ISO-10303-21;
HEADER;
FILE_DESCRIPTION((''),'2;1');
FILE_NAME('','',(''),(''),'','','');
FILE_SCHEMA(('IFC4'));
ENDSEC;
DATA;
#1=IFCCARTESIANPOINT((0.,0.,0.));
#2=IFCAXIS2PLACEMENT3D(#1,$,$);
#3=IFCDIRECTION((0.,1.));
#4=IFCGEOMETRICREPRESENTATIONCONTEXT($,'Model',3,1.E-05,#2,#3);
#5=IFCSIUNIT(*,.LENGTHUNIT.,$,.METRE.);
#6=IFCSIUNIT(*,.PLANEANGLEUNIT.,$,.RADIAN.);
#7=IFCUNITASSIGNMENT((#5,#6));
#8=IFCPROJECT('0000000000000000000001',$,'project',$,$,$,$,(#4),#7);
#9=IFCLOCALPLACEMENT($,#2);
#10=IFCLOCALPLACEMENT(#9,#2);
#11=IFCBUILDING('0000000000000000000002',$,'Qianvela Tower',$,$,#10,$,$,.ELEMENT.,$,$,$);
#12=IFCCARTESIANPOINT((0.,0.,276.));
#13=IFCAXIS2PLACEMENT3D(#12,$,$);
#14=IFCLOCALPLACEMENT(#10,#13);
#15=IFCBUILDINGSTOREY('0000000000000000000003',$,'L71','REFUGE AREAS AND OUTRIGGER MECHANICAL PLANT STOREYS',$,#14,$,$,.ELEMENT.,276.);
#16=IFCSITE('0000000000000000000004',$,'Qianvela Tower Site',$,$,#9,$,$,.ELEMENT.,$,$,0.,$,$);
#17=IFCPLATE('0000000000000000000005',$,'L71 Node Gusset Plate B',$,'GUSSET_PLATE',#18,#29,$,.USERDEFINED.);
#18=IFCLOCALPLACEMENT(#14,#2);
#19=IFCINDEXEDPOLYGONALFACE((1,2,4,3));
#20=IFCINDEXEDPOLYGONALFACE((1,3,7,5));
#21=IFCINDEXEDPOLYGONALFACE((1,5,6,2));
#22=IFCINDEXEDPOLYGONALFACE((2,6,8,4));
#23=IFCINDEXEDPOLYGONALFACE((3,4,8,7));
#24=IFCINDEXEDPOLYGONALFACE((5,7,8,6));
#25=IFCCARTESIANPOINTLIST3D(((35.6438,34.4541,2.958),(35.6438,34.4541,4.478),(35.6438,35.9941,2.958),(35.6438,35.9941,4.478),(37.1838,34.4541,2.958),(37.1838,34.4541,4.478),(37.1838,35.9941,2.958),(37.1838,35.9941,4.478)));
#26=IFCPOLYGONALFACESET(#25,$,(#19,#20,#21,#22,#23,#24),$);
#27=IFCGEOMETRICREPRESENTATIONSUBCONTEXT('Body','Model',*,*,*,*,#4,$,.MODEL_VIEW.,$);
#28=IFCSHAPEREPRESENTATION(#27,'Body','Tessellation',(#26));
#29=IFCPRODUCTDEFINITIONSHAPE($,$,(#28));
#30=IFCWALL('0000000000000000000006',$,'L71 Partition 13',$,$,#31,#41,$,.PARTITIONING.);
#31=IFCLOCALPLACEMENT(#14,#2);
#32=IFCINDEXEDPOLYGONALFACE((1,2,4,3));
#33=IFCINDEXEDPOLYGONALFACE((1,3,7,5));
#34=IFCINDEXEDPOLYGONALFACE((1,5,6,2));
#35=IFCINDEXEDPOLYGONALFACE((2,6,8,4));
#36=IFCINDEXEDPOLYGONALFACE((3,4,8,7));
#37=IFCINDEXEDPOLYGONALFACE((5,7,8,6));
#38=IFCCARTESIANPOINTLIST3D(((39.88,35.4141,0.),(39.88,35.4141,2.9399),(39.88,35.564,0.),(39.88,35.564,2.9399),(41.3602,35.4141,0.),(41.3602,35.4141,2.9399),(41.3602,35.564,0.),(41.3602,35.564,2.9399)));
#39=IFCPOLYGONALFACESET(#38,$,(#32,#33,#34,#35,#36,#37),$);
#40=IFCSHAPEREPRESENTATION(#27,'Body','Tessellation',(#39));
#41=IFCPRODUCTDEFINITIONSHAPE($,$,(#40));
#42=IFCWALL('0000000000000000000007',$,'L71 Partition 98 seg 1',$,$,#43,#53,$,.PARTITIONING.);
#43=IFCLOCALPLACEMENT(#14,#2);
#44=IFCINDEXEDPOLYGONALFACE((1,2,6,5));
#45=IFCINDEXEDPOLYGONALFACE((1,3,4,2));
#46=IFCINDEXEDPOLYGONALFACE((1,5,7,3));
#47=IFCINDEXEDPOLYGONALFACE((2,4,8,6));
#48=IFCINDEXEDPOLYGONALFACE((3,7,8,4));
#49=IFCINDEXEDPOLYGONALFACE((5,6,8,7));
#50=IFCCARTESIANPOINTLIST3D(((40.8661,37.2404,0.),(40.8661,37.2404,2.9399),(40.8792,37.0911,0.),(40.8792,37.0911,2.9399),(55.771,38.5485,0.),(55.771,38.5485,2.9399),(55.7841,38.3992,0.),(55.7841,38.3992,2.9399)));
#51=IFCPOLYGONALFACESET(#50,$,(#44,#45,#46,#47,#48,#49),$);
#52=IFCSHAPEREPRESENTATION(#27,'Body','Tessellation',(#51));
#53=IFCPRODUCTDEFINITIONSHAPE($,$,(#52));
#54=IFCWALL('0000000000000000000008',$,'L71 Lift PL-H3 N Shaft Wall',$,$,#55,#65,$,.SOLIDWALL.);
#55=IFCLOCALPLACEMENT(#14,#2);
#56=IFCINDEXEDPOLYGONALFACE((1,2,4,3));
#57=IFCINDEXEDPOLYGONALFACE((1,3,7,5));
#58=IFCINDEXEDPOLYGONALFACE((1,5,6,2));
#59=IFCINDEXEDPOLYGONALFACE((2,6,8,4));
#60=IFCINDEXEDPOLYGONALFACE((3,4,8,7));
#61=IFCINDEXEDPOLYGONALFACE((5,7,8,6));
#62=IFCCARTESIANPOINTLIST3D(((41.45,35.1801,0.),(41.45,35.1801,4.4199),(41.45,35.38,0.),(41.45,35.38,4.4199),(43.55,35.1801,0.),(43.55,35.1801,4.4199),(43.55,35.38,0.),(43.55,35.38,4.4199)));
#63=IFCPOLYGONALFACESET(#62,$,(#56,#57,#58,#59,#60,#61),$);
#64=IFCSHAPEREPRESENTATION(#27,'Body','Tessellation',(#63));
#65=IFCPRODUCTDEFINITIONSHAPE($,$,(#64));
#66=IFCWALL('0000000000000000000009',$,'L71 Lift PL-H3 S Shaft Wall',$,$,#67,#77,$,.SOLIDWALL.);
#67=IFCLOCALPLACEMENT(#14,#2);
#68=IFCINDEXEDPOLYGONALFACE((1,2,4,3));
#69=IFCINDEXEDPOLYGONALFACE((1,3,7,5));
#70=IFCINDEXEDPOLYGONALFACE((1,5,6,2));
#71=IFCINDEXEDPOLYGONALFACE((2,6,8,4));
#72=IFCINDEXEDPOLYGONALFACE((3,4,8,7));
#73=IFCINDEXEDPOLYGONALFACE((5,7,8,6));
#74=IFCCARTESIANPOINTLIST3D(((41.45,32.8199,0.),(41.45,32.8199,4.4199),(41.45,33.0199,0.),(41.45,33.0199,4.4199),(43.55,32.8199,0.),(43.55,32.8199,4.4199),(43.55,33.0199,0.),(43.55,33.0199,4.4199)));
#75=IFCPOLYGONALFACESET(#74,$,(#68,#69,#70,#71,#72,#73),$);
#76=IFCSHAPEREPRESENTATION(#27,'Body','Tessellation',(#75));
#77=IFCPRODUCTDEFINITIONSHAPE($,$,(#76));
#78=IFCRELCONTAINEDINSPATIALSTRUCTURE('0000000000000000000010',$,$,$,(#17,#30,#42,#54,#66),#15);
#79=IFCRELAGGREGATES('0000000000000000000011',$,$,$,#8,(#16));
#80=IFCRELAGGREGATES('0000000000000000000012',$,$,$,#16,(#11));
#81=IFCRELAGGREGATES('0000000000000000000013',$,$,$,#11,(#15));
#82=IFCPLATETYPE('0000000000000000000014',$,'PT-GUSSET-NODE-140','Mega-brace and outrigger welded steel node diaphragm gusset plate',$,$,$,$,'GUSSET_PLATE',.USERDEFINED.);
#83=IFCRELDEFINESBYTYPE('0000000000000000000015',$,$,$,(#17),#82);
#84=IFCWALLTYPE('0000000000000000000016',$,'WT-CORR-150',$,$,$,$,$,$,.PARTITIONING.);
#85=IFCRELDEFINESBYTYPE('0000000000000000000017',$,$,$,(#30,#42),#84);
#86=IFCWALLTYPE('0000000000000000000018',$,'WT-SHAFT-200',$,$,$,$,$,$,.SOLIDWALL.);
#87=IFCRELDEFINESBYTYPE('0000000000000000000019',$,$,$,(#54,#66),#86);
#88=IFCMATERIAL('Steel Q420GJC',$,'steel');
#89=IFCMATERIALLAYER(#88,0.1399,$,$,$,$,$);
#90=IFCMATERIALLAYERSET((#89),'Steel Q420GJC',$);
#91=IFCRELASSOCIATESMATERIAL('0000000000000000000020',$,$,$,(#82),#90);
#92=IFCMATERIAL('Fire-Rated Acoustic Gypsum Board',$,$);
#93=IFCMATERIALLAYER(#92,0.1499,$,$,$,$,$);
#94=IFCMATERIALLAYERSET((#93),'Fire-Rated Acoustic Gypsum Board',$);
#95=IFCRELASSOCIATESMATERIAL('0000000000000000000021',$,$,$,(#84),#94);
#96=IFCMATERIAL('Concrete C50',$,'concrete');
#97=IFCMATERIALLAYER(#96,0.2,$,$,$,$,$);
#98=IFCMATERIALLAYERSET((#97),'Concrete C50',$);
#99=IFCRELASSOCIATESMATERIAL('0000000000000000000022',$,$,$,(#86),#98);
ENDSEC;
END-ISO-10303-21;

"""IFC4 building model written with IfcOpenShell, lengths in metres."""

from ifc_helpers import new_model, si_unit, direction, frame, frame_2d, origin, origin_2d, place, context, subcontext, project, spatial, rectangle, extrude, material, layer, layer_set, type_object, element, save


model = new_model("IFC4")

# Units and contexts
model_context = context("Model", 3, precision=1e-05, world=origin(), true_north=direction((0.0, 1.0)))
body_context = subcontext(model_context, "Body", "Model", "MODEL_VIEW")
ifc_project = project(units=[si_unit("LENGTHUNIT", "METRE"), si_unit("PLANEANGLEUNIT", "RADIAN")], contexts=[model_context])

# Site, building, storey
site_placement = place(None, origin())
site = spatial("IfcSite", under=ifc_project, at=site_placement, Name="Qianvela Tower Site", CompositionType="ELEMENT", RefElevation=0.0)
building_placement = place(site_placement, origin())
building = spatial("IfcBuilding", under=site, at=building_placement, Name="Qianvela Tower", CompositionType="ELEMENT")
storey_placement = place(building_placement, frame((0.0, 0.0, 276.0)))
storey = spatial("IfcBuildingStorey", under=building, at=storey_placement, Name="L71", Description="REFUGE AREAS AND OUTRIGGER MECHANICAL PLANT STOREYS", CompositionType="ELEMENT", Elevation=276.0)

# Plate
ifc_material_1 = material(Name="Steel Q420GJC", Category="steel")
ifc_layer_1 = layer(ifc_material_1, 0.1399)
ifc_layer_set_1 = layer_set([ifc_layer_1], Name="Steel Q420GJC")
plate_type = type_object("IfcPlateType", Name="PT-GUSSET-NODE-140", Description="Mega-brace and outrigger welded steel node diaphragm gusset plate", ElementType="GUSSET_PLATE", PredefinedType="USERDEFINED", material=ifc_layer_set_1)
for number, where, z_axis, x_axis, name in (
    (1, (36.4138, 35.2241, 2.958), (0.0, 0.0, 1.0), (1.0, 0.0, 0.0), "L71 Node Gusset Plate B"),
):
    element("IfcPlate", number, at=place(storey_placement, frame(where, z_axis=z_axis, x_axis=x_axis)), inside=storey, type_object=plate_type, Name=name, ObjectType="GUSSET_PLATE", PredefinedType="USERDEFINED", context=body_context, shape_type="SweptSolid", body=[
        extrude(rectangle(XDim=1.54, YDim=1.54, at=origin_2d()), origin(), (0.0, 0.0, 1.0), 1.52),
    ])

# Walls
ifc_material_2 = material(Name="Fire-Rated Acoustic Gypsum Board")
ifc_layer_2 = layer(ifc_material_2, 0.1499)
ifc_layer_set_2 = layer_set([ifc_layer_2], Name="Fire-Rated Acoustic Gypsum Board")
wall_type_1 = type_object("IfcWallType", Name="WT-CORR-150", PredefinedType="PARTITIONING", material=ifc_layer_set_2)
wall_1_placement = place(storey_placement, frame((39.8799, 35.489, 0.0), z_axis=(0.0, 0.0, 1.0), x_axis=(1.0, 0.0, 0.0)))
element("IfcWall", 2, at=wall_1_placement, inside=storey, type_object=wall_type_1, Name="L71 Partition 13", PredefinedType="PARTITIONING", context=body_context, shape_type="SweptSolid", body=[
    extrude(rectangle(XDim=1.4802, YDim=0.1499, at=frame_2d((0.7402, 0.0))), origin(), (0.0, 0.0, 1.0), 2.9399),
])
wall_2_placement = place(storey_placement, frame((40.8728, 37.1658, 0.0), z_axis=(0.0, 0.0, 1.0), x_axis=(0.996171, 0.087428, 0.0)))
element("IfcWall", 3, at=wall_2_placement, inside=storey, type_object=wall_type_1, Name="L71 Partition 98 seg 1", PredefinedType="PARTITIONING", context=body_context, shape_type="SweptSolid", body=[
    extrude(rectangle(XDim=14.9622, YDim=0.1499, at=frame_2d((7.481, 0.0))), origin(), (0.0, 0.0, 1.0), 2.9399),
])
ifc_material_3 = material(Name="Concrete C50", Category="concrete")
ifc_layer_3 = layer(ifc_material_3, 0.2)
ifc_layer_set_3 = layer_set([ifc_layer_3], Name="Concrete C50")
wall_type_2 = type_object("IfcWallType", Name="WT-SHAFT-200", PredefinedType="SOLIDWALL", material=ifc_layer_set_3)
for number, where, z_axis, x_axis, name in (
    (4, (41.45, 35.28, 0.0), (0.0, 0.0, 1.0), (1.0, 0.0, 0.0), "L71 Lift PL-H3 N Shaft Wall"),
    (5, (41.45, 32.9199, 0.0), (0.0, 0.0, 1.0), (1.0, 0.0, 0.0), "L71 Lift PL-H3 S Shaft Wall"),
):
    element("IfcWall", number, at=place(storey_placement, frame(where, z_axis=z_axis, x_axis=x_axis)), inside=storey, type_object=wall_type_2, Name=name, PredefinedType="SOLIDWALL", context=body_context, shape_type="SweptSolid", body=[
        extrude(rectangle(XDim=2.1001, YDim=0.2, at=frame_2d((1.05, 0.0))), origin(), (0.0, 0.0, 1.0), 4.4199),
    ])

save(model, "model.ifc")
